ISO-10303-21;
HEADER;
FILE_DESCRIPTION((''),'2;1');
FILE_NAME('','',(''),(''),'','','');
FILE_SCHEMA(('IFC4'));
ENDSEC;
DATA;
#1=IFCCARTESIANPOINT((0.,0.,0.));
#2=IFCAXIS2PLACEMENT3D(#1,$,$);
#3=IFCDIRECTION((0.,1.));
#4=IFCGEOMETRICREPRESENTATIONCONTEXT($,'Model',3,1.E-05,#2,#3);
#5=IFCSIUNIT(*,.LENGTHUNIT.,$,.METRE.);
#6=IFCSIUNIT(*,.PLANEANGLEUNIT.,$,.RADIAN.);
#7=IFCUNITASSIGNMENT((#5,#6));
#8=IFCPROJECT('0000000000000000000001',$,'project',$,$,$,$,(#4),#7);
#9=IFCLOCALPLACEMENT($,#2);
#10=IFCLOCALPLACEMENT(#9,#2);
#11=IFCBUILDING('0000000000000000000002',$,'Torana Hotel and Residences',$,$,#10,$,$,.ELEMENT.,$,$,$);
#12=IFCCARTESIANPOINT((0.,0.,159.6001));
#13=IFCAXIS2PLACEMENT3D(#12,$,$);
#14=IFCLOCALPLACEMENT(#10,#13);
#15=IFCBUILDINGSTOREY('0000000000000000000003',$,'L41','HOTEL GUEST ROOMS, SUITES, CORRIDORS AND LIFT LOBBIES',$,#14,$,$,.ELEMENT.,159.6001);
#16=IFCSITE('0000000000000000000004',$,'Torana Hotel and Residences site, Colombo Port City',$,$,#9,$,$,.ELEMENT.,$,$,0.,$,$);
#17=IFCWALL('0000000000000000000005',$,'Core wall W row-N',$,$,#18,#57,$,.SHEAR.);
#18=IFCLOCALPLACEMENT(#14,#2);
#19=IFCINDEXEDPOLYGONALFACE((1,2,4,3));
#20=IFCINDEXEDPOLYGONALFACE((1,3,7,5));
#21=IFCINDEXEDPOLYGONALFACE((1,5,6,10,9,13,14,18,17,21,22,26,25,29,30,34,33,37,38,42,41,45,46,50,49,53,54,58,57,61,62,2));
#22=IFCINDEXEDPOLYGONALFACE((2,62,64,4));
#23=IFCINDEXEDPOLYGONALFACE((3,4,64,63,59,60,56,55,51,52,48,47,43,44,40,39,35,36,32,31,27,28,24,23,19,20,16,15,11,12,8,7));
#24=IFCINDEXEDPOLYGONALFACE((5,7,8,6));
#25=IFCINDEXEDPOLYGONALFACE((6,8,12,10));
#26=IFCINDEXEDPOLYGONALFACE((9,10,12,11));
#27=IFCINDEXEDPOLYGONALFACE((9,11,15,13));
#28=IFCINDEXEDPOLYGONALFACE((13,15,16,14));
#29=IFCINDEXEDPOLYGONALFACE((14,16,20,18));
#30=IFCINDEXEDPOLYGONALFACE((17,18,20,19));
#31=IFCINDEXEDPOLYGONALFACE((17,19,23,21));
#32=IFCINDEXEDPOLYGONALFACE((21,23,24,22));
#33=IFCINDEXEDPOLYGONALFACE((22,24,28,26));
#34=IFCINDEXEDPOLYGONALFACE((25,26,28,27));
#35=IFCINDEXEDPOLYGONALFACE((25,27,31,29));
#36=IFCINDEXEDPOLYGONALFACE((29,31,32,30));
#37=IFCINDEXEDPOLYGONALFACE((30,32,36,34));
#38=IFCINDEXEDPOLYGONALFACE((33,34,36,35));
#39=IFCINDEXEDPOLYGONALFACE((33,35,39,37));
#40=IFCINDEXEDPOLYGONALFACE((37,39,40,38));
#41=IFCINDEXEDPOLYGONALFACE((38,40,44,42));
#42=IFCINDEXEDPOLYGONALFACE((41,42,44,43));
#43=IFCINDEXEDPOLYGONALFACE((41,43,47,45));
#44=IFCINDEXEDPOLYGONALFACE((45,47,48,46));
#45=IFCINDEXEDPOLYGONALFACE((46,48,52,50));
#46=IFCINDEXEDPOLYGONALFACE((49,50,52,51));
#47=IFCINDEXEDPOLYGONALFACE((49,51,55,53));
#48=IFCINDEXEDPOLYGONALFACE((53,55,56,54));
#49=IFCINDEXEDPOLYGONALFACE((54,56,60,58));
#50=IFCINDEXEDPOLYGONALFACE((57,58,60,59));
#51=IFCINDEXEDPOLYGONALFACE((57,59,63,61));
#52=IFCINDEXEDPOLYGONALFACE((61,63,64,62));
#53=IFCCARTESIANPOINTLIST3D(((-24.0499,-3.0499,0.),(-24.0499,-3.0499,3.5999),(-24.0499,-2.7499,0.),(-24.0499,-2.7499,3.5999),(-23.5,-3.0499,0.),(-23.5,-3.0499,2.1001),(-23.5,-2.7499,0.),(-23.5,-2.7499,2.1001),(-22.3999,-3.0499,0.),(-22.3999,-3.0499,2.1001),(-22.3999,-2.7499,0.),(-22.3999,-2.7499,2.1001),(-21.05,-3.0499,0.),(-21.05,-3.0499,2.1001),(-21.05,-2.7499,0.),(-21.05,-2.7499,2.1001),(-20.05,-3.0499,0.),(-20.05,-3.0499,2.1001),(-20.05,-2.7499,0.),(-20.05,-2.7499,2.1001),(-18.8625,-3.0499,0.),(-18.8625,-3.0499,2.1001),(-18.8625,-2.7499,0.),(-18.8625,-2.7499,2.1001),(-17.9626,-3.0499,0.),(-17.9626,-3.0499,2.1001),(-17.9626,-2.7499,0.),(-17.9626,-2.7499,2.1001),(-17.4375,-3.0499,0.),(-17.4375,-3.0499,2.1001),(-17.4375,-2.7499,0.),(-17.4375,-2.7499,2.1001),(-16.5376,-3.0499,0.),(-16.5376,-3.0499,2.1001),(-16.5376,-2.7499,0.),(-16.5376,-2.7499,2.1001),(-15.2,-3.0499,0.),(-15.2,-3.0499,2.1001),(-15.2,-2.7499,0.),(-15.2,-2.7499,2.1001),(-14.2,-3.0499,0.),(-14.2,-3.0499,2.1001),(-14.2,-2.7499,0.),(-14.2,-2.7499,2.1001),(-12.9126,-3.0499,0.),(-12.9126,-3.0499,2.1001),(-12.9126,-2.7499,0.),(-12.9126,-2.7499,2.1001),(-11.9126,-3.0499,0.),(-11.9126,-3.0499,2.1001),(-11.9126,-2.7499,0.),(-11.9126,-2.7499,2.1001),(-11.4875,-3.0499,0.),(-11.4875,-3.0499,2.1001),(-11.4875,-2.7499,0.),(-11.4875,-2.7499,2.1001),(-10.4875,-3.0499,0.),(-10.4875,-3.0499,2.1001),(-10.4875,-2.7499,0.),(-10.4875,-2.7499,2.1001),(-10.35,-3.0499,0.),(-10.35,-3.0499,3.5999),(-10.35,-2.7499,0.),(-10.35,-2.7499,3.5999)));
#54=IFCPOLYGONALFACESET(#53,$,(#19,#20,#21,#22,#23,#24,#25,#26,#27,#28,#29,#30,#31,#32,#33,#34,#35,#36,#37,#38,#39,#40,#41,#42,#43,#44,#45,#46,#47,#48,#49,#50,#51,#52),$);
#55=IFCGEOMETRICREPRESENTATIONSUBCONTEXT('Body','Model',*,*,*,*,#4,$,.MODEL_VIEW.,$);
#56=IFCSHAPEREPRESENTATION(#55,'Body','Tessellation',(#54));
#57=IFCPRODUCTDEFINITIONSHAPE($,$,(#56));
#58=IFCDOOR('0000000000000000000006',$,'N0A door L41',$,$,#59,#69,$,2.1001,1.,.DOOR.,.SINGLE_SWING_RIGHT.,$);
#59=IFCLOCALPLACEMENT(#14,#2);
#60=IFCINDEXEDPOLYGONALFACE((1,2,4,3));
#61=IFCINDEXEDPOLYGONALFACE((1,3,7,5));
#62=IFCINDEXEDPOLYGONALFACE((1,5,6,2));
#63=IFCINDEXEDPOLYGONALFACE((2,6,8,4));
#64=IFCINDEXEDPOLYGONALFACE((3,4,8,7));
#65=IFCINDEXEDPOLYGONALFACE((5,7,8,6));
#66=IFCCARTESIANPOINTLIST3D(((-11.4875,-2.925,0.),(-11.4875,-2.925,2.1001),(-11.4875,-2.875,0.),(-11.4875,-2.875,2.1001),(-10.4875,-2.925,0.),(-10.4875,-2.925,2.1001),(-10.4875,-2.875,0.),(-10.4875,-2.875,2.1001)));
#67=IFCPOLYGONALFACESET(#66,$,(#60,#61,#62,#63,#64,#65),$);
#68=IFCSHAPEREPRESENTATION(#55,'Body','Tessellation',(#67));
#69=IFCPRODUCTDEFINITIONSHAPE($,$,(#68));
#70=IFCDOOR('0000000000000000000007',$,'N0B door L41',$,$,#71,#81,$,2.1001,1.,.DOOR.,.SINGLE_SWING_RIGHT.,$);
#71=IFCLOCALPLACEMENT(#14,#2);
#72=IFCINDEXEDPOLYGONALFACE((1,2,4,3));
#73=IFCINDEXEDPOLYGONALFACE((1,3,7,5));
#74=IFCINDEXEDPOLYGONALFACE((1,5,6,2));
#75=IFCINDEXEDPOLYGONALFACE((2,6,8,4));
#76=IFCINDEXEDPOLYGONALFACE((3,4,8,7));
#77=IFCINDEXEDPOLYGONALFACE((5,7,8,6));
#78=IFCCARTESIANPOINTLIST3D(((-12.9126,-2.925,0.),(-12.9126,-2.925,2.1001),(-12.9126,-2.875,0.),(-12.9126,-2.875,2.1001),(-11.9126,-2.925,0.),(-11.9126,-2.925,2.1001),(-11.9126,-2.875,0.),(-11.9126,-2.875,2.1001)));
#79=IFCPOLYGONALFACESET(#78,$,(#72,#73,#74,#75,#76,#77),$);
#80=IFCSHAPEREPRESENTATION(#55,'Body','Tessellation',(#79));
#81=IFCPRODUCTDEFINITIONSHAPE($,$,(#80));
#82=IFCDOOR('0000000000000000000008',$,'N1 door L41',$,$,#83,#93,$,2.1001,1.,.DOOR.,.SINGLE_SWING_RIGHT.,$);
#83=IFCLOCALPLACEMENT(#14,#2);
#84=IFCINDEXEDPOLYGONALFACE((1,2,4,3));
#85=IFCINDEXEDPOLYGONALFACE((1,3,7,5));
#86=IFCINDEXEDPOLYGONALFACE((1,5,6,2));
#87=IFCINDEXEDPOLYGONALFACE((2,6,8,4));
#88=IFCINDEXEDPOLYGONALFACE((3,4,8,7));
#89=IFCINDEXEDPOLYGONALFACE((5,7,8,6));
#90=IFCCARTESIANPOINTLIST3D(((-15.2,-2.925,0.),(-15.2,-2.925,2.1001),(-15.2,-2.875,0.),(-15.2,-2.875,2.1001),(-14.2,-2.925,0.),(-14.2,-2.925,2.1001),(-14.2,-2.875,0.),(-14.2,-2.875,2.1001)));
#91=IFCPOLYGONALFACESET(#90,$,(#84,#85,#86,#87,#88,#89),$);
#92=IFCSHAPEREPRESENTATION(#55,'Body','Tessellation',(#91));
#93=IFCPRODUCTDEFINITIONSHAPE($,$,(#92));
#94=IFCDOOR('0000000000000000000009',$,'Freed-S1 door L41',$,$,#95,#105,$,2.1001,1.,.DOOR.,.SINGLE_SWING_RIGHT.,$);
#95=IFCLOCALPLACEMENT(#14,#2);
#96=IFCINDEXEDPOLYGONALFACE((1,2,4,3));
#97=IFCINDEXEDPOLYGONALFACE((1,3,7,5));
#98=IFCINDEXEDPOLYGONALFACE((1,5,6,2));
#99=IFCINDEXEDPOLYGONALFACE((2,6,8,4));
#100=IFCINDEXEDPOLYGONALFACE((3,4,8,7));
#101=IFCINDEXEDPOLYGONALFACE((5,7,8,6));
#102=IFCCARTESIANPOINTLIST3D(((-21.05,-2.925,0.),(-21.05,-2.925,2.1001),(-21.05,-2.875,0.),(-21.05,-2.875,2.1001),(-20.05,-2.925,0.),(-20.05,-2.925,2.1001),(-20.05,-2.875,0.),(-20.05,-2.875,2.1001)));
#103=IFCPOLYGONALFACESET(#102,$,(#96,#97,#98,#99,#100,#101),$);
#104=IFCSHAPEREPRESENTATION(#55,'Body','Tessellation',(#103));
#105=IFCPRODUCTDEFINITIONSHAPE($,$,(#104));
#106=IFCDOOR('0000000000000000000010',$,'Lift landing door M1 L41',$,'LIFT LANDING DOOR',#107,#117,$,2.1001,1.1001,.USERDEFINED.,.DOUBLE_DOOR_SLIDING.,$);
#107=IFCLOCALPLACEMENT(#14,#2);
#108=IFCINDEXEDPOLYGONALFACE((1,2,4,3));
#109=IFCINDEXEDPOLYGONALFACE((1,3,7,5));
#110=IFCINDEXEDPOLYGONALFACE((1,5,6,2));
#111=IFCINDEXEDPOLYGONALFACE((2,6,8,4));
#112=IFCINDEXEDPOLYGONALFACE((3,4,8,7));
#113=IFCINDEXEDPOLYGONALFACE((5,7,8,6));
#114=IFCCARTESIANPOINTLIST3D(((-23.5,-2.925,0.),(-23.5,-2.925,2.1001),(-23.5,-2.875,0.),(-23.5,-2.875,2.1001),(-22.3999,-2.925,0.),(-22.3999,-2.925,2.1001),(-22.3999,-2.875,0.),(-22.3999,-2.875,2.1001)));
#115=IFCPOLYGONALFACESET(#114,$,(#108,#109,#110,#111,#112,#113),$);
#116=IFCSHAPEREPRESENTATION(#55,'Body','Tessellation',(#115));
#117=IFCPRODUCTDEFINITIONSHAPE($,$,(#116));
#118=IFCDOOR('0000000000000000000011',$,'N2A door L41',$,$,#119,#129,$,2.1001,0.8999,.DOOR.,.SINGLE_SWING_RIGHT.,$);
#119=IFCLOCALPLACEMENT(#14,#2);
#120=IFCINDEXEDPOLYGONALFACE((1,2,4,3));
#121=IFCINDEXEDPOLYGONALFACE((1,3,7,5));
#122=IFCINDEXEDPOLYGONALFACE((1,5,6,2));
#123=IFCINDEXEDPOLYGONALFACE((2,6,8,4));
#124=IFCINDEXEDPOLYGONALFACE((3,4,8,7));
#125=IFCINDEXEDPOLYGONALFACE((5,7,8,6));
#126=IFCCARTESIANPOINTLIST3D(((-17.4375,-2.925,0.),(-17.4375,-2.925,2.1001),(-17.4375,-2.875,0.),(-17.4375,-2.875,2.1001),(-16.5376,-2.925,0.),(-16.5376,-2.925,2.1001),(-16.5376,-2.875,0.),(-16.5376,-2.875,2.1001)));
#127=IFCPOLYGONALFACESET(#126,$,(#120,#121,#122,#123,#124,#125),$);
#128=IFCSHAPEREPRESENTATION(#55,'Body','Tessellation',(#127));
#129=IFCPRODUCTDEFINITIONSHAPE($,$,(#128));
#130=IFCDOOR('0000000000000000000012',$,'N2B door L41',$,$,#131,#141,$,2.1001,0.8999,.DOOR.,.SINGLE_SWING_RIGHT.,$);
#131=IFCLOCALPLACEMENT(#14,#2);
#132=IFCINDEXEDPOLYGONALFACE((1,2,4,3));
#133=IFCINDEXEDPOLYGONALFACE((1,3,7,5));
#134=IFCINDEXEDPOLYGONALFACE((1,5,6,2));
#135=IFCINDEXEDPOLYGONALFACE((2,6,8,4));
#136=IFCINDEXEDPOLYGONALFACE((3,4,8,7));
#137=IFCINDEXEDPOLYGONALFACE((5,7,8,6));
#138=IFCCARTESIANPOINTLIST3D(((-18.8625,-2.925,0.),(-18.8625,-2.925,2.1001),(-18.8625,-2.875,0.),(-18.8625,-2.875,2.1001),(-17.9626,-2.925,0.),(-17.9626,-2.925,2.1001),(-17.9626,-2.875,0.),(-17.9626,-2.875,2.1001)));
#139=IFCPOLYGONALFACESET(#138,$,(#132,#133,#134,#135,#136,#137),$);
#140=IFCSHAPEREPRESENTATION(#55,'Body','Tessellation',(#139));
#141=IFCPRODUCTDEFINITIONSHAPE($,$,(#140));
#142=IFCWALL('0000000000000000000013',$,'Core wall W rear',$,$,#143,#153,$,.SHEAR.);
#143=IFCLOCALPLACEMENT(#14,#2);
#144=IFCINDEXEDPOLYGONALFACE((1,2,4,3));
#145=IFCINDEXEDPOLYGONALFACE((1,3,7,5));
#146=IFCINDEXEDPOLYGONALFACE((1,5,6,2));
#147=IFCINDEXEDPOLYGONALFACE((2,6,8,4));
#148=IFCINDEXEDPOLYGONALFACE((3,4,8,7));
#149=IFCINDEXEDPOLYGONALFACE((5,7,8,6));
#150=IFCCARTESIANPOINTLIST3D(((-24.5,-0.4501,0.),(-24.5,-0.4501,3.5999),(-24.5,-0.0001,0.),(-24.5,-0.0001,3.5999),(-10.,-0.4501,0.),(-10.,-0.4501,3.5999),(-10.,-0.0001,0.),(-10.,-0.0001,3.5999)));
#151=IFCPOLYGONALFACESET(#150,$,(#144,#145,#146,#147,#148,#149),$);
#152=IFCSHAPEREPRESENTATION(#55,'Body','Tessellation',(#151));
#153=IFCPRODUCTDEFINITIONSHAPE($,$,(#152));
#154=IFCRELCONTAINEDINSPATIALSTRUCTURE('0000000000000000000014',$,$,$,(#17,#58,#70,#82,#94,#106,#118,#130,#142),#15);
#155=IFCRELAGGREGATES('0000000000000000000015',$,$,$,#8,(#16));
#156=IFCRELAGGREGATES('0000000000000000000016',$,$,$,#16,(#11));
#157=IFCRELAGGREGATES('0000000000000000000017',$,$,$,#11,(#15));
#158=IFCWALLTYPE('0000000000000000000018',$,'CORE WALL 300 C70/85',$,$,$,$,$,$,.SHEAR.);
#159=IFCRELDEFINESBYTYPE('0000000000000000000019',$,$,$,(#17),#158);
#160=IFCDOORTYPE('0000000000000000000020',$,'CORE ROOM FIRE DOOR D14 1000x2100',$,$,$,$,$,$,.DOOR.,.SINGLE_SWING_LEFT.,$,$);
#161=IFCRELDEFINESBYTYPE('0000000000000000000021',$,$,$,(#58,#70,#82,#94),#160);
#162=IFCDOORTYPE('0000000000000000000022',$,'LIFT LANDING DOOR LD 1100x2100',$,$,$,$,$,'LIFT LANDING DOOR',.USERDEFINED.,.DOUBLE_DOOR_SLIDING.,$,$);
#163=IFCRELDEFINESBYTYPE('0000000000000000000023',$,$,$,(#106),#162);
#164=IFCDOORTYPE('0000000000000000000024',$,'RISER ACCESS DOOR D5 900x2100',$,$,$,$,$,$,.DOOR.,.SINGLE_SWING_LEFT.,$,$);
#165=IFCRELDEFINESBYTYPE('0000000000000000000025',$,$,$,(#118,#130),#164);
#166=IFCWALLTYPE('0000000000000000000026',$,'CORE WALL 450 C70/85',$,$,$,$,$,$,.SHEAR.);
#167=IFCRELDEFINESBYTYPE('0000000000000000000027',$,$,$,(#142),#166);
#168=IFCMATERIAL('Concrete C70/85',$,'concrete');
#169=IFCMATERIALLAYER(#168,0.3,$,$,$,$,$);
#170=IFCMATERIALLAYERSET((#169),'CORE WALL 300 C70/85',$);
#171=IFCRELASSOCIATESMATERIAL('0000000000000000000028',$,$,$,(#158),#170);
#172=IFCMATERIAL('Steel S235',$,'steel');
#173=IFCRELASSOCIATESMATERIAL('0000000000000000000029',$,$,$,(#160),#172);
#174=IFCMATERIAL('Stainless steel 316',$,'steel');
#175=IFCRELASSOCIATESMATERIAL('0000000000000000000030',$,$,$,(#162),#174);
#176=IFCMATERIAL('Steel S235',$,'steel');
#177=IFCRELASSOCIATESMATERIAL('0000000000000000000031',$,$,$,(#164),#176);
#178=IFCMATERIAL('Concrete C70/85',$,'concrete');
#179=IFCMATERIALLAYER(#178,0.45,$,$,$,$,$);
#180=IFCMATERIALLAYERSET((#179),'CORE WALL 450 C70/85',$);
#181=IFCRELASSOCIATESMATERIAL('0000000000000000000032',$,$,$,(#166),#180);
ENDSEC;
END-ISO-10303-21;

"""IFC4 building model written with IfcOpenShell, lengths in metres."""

from ifc_helpers import new_model, si_unit, direction, frame, frame_2d, origin, place, context, subcontext, project, spatial, rectangle, extrude, material, layer, layer_set, type_object, element, fill, save


model = new_model("IFC4")

# Units and contexts
model_context = context("Model", 3, precision=1e-05, world=origin(), true_north=direction((0.0, 1.0)))
body_context = subcontext(model_context, "Body", "Model", "MODEL_VIEW")
ifc_project = project(units=[si_unit("LENGTHUNIT", "METRE"), si_unit("PLANEANGLEUNIT", "RADIAN")], contexts=[model_context])

# Site, building, storey
site_placement = place(None, origin())
site = spatial("IfcSite", under=ifc_project, at=site_placement, Name="Torana Hotel and Residences site, Colombo Port City", CompositionType="ELEMENT", RefElevation=0.0)
building_placement = place(site_placement, origin())
building = spatial("IfcBuilding", under=site, at=building_placement, Name="Torana Hotel and Residences", CompositionType="ELEMENT")
storey_placement = place(building_placement, frame((0.0, 0.0, 159.6001)))
storey = spatial("IfcBuildingStorey", under=building, at=storey_placement, Name="L41", Description="HOTEL GUEST ROOMS, SUITES, CORRIDORS AND LIFT LOBBIES", CompositionType="ELEMENT", Elevation=159.6001)

# Wall, openings, doors
ifc_material_1 = material(Name="Concrete C70/85", Category="concrete")
ifc_layer_1 = layer(ifc_material_1, 0.3)
ifc_layer_set_1 = layer_set([ifc_layer_1], Name="CORE WALL 300 C70/85")
wall_type_1 = type_object("IfcWallType", Name="CORE WALL 300 C70/85", PredefinedType="SHEAR", material=ifc_layer_set_1)
wall_1_placement = place(storey_placement, frame((-24.05, -2.8999, 0.0), z_axis=(0.0, 0.0, 1.0), x_axis=(1.0, 0.0, 0.0)))
wall_1 = element("IfcWall", 1, at=wall_1_placement, inside=storey, type_object=wall_type_1, Name="Core wall W row-N", PredefinedType="SHEAR", context=body_context, shape_type="SweptSolid", body=[
    extrude(rectangle(XDim=13.7, YDim=0.3, at=frame_2d((6.8501, 0.0))), origin(), (0.0, 0.0, 1.0), 3.5999),
])
opening_1_placement = place(wall_1_placement, frame((0.55, 0.0, 0.0)))
opening_1 = element("IfcOpeningElement", 2, at=opening_1_placement, cuts=wall_1, PredefinedType="OPENING", context=body_context, shape_type="SweptSolid", body=[
    extrude(rectangle(XDim=1.1001, YDim=2.1001, at=frame_2d((0.55, 1.05))), frame((0.0, 0.1599, 0.0), z_axis=(0.0, -1.0, 0.0), x_axis=(1.0, 0.0, 0.0)), (0.0, 0.0, 1.0), 0.3201),
])
opening_2_placement = place(wall_1_placement, frame((6.6125, 0.0, 0.0)))
opening_2 = element("IfcOpeningElement", 3, at=opening_2_placement, cuts=wall_1, PredefinedType="OPENING", context=body_context, shape_type="SweptSolid", body=[
    extrude(rectangle(XDim=0.8999, YDim=2.1001, at=frame_2d((0.45, 1.05))), frame((0.0, 0.1599, 0.0), z_axis=(0.0, -1.0, 0.0), x_axis=(1.0, 0.0, 0.0)), (0.0, 0.0, 1.0), 0.3201),
])
opening_3_placement = place(wall_1_placement, frame((5.1875, 0.0, 0.0)))
opening_3 = element("IfcOpeningElement", 4, at=opening_3_placement, cuts=wall_1, PredefinedType="OPENING", context=body_context, shape_type="SweptSolid", body=[
    extrude(rectangle(XDim=0.8999, YDim=2.1001, at=frame_2d((0.45, 1.05))), frame((0.0, 0.1599, 0.0), z_axis=(0.0, -1.0, 0.0), x_axis=(1.0, 0.0, 0.0)), (0.0, 0.0, 1.0), 0.3201),
])
opening_4_placement = place(wall_1_placement, frame((12.5625, 0.0, 0.0)))
opening_4 = element("IfcOpeningElement", 5, at=opening_4_placement, cuts=wall_1, PredefinedType="OPENING", context=body_context, shape_type="SweptSolid", body=[
    extrude(rectangle(XDim=1.0, YDim=2.1001, at=frame_2d((0.5, 1.05))), frame((0.0, 0.1599, 0.0), z_axis=(0.0, -1.0, 0.0), x_axis=(1.0, 0.0, 0.0)), (0.0, 0.0, 1.0), 0.3201),
])
opening_5_placement = place(wall_1_placement, frame((11.1375, 0.0, 0.0)))
opening_5 = element("IfcOpeningElement", 6, at=opening_5_placement, cuts=wall_1, PredefinedType="OPENING", context=body_context, shape_type="SweptSolid", body=[
    extrude(rectangle(XDim=1.0, YDim=2.1001, at=frame_2d((0.5, 1.05))), frame((0.0, 0.1599, 0.0), z_axis=(0.0, -1.0, 0.0), x_axis=(1.0, 0.0, 0.0)), (0.0, 0.0, 1.0), 0.3201),
])
opening_6_placement = place(wall_1_placement, frame((8.8501, 0.0, 0.0)))
opening_6 = element("IfcOpeningElement", 7, at=opening_6_placement, cuts=wall_1, PredefinedType="OPENING", context=body_context, shape_type="SweptSolid", body=[
    extrude(rectangle(XDim=1.0, YDim=2.1001, at=frame_2d((0.5, 1.05))), frame((0.0, 0.1599, 0.0), z_axis=(0.0, -1.0, 0.0), x_axis=(1.0, 0.0, 0.0)), (0.0, 0.0, 1.0), 0.3201),
])
opening_7_placement = place(wall_1_placement, frame((3.0, 0.0, 0.0)))
opening_7 = element("IfcOpeningElement", 8, at=opening_7_placement, cuts=wall_1, PredefinedType="OPENING", context=body_context, shape_type="SweptSolid", body=[
    extrude(rectangle(XDim=1.0, YDim=2.1001, at=frame_2d((0.5, 1.05))), frame((0.0, 0.1599, 0.0), z_axis=(0.0, -1.0, 0.0), x_axis=(1.0, 0.0, 0.0)), (0.0, 0.0, 1.0), 0.3201),
])
ifc_material_2 = material(Name="Steel S235", Category="steel")
door_type_1 = type_object("IfcDoorType", Name="CORE ROOM FIRE DOOR D14 1000x2100", OperationType="SINGLE_SWING_LEFT", PredefinedType="DOOR", material=ifc_material_2)
door_1_placement = place(opening_4_placement, origin())
door_1 = element("IfcDoor", 9, at=door_1_placement, inside=storey, type_object=door_type_1, Name="N0A door L41", OperationType="SINGLE_SWING_RIGHT", OverallHeight=2.1001, OverallWidth=1.0, PredefinedType="DOOR", context=body_context, shape_type="SweptSolid", body=[
    extrude(rectangle(XDim=1.0, YDim=2.1001, at=frame_2d((0.5, 1.05))), frame((0.0, 0.0249, 0.0), z_axis=(0.0, -1.0, 0.0), x_axis=(1.0, 0.0, 0.0)), (0.0, 0.0, 1.0), 0.05),
])
fill(opening_4, door_1)
door_2_placement = place(opening_5_placement, origin())
door_2 = element("IfcDoor", 10, at=door_2_placement, inside=storey, type_object=door_type_1, Name="N0B door L41", OperationType="SINGLE_SWING_RIGHT", OverallHeight=2.1001, OverallWidth=1.0, PredefinedType="DOOR", context=body_context, shape_type="SweptSolid", body=[
    extrude(rectangle(XDim=1.0, YDim=2.1001, at=frame_2d((0.5, 1.05))), frame((0.0, 0.0249, 0.0), z_axis=(0.0, -1.0, 0.0), x_axis=(1.0, 0.0, 0.0)), (0.0, 0.0, 1.0), 0.05),
])
fill(opening_5, door_2)
door_3_placement = place(opening_6_placement, origin())
door_3 = element("IfcDoor", 11, at=door_3_placement, inside=storey, type_object=door_type_1, Name="N1 door L41", OperationType="SINGLE_SWING_RIGHT", OverallHeight=2.1001, OverallWidth=1.0, PredefinedType="DOOR", context=body_context, shape_type="SweptSolid", body=[
    extrude(rectangle(XDim=1.0, YDim=2.1001, at=frame_2d((0.5, 1.05))), frame((0.0, 0.0249, 0.0), z_axis=(0.0, -1.0, 0.0), x_axis=(1.0, 0.0, 0.0)), (0.0, 0.0, 1.0), 0.05),
])
fill(opening_6, door_3)
door_4_placement = place(opening_7_placement, origin())
door_4 = element("IfcDoor", 12, at=door_4_placement, inside=storey, type_object=door_type_1, Name="Freed-S1 door L41", OperationType="SINGLE_SWING_RIGHT", OverallHeight=2.1001, OverallWidth=1.0, PredefinedType="DOOR", context=body_context, shape_type="SweptSolid", body=[
    extrude(rectangle(XDim=1.0, YDim=2.1001, at=frame_2d((0.5, 1.05))), frame((0.0, 0.0249, 0.0), z_axis=(0.0, -1.0, 0.0), x_axis=(1.0, 0.0, 0.0)), (0.0, 0.0, 1.0), 0.05),
])
fill(opening_7, door_4)
ifc_material_3 = material(Name="Stainless steel 316", Category="steel")
door_type_2 = type_object("IfcDoorType", Name="LIFT LANDING DOOR LD 1100x2100", ElementType="LIFT LANDING DOOR", OperationType="DOUBLE_DOOR_SLIDING", PredefinedType="USERDEFINED", material=ifc_material_3)
door_5_placement = place(opening_1_placement, origin())
door_5 = element("IfcDoor", 13, at=door_5_placement, inside=storey, type_object=door_type_2, Name="Lift landing door M1 L41", ObjectType="LIFT LANDING DOOR", OperationType="DOUBLE_DOOR_SLIDING", OverallHeight=2.1001, OverallWidth=1.1001, PredefinedType="USERDEFINED", context=body_context, shape_type="SweptSolid", body=[
    extrude(rectangle(XDim=1.1001, YDim=2.1001, at=frame_2d((0.55, 1.05))), frame((0.0, 0.0249, 0.0), z_axis=(0.0, -1.0, 0.0), x_axis=(1.0, 0.0, 0.0)), (0.0, 0.0, 1.0), 0.05),
])
fill(opening_1, door_5)
ifc_material_4 = material(Name="Steel S235", Category="steel")
door_type_3 = type_object("IfcDoorType", Name="RISER ACCESS DOOR D5 900x2100", OperationType="SINGLE_SWING_LEFT", PredefinedType="DOOR", material=ifc_material_4)
door_6_placement = place(opening_2_placement, origin())
door_6 = element("IfcDoor", 14, at=door_6_placement, inside=storey, type_object=door_type_3, Name="N2A door L41", OperationType="SINGLE_SWING_RIGHT", OverallHeight=2.1001, OverallWidth=0.8999, PredefinedType="DOOR", context=body_context, shape_type="SweptSolid", body=[
    extrude(rectangle(XDim=0.8999, YDim=2.1001, at=frame_2d((0.45, 1.05))), frame((0.0, 0.0249, 0.0), z_axis=(0.0, -1.0, 0.0), x_axis=(1.0, 0.0, 0.0)), (0.0, 0.0, 1.0), 0.05),
])
fill(opening_2, door_6)
door_7_placement = place(opening_3_placement, origin())
door_7 = element("IfcDoor", 15, at=door_7_placement, inside=storey, type_object=door_type_3, Name="N2B door L41", OperationType="SINGLE_SWING_RIGHT", OverallHeight=2.1001, OverallWidth=0.8999, PredefinedType="DOOR", context=body_context, shape_type="SweptSolid", body=[
    extrude(rectangle(XDim=0.8999, YDim=2.1001, at=frame_2d((0.45, 1.05))), frame((0.0, 0.0249, 0.0), z_axis=(0.0, -1.0, 0.0), x_axis=(1.0, 0.0, 0.0)), (0.0, 0.0, 1.0), 0.05),
])
fill(opening_3, door_7)

# Wall
ifc_material_5 = material(Name="Concrete C70/85", Category="concrete")
ifc_layer_2 = layer(ifc_material_5, 0.45)
ifc_layer_set_2 = layer_set([ifc_layer_2], Name="CORE WALL 450 C70/85")
wall_type_2 = type_object("IfcWallType", Name="CORE WALL 450 C70/85", PredefinedType="SHEAR", material=ifc_layer_set_2)
wall_2_placement = place(storey_placement, frame((-24.5, -0.2251, 0.0), z_axis=(0.0, 0.0, 1.0), x_axis=(1.0, 0.0, 0.0)))
element("IfcWall", 16, at=wall_2_placement, inside=storey, type_object=wall_type_2, Name="Core wall W rear", PredefinedType="SHEAR", context=body_context, shape_type="SweptSolid", body=[
    extrude(rectangle(XDim=14.5, YDim=0.45, at=frame_2d((7.25, 0.0))), origin(), (0.0, 0.0, 1.0), 3.5999),
])

save(model, "model.ifc")
